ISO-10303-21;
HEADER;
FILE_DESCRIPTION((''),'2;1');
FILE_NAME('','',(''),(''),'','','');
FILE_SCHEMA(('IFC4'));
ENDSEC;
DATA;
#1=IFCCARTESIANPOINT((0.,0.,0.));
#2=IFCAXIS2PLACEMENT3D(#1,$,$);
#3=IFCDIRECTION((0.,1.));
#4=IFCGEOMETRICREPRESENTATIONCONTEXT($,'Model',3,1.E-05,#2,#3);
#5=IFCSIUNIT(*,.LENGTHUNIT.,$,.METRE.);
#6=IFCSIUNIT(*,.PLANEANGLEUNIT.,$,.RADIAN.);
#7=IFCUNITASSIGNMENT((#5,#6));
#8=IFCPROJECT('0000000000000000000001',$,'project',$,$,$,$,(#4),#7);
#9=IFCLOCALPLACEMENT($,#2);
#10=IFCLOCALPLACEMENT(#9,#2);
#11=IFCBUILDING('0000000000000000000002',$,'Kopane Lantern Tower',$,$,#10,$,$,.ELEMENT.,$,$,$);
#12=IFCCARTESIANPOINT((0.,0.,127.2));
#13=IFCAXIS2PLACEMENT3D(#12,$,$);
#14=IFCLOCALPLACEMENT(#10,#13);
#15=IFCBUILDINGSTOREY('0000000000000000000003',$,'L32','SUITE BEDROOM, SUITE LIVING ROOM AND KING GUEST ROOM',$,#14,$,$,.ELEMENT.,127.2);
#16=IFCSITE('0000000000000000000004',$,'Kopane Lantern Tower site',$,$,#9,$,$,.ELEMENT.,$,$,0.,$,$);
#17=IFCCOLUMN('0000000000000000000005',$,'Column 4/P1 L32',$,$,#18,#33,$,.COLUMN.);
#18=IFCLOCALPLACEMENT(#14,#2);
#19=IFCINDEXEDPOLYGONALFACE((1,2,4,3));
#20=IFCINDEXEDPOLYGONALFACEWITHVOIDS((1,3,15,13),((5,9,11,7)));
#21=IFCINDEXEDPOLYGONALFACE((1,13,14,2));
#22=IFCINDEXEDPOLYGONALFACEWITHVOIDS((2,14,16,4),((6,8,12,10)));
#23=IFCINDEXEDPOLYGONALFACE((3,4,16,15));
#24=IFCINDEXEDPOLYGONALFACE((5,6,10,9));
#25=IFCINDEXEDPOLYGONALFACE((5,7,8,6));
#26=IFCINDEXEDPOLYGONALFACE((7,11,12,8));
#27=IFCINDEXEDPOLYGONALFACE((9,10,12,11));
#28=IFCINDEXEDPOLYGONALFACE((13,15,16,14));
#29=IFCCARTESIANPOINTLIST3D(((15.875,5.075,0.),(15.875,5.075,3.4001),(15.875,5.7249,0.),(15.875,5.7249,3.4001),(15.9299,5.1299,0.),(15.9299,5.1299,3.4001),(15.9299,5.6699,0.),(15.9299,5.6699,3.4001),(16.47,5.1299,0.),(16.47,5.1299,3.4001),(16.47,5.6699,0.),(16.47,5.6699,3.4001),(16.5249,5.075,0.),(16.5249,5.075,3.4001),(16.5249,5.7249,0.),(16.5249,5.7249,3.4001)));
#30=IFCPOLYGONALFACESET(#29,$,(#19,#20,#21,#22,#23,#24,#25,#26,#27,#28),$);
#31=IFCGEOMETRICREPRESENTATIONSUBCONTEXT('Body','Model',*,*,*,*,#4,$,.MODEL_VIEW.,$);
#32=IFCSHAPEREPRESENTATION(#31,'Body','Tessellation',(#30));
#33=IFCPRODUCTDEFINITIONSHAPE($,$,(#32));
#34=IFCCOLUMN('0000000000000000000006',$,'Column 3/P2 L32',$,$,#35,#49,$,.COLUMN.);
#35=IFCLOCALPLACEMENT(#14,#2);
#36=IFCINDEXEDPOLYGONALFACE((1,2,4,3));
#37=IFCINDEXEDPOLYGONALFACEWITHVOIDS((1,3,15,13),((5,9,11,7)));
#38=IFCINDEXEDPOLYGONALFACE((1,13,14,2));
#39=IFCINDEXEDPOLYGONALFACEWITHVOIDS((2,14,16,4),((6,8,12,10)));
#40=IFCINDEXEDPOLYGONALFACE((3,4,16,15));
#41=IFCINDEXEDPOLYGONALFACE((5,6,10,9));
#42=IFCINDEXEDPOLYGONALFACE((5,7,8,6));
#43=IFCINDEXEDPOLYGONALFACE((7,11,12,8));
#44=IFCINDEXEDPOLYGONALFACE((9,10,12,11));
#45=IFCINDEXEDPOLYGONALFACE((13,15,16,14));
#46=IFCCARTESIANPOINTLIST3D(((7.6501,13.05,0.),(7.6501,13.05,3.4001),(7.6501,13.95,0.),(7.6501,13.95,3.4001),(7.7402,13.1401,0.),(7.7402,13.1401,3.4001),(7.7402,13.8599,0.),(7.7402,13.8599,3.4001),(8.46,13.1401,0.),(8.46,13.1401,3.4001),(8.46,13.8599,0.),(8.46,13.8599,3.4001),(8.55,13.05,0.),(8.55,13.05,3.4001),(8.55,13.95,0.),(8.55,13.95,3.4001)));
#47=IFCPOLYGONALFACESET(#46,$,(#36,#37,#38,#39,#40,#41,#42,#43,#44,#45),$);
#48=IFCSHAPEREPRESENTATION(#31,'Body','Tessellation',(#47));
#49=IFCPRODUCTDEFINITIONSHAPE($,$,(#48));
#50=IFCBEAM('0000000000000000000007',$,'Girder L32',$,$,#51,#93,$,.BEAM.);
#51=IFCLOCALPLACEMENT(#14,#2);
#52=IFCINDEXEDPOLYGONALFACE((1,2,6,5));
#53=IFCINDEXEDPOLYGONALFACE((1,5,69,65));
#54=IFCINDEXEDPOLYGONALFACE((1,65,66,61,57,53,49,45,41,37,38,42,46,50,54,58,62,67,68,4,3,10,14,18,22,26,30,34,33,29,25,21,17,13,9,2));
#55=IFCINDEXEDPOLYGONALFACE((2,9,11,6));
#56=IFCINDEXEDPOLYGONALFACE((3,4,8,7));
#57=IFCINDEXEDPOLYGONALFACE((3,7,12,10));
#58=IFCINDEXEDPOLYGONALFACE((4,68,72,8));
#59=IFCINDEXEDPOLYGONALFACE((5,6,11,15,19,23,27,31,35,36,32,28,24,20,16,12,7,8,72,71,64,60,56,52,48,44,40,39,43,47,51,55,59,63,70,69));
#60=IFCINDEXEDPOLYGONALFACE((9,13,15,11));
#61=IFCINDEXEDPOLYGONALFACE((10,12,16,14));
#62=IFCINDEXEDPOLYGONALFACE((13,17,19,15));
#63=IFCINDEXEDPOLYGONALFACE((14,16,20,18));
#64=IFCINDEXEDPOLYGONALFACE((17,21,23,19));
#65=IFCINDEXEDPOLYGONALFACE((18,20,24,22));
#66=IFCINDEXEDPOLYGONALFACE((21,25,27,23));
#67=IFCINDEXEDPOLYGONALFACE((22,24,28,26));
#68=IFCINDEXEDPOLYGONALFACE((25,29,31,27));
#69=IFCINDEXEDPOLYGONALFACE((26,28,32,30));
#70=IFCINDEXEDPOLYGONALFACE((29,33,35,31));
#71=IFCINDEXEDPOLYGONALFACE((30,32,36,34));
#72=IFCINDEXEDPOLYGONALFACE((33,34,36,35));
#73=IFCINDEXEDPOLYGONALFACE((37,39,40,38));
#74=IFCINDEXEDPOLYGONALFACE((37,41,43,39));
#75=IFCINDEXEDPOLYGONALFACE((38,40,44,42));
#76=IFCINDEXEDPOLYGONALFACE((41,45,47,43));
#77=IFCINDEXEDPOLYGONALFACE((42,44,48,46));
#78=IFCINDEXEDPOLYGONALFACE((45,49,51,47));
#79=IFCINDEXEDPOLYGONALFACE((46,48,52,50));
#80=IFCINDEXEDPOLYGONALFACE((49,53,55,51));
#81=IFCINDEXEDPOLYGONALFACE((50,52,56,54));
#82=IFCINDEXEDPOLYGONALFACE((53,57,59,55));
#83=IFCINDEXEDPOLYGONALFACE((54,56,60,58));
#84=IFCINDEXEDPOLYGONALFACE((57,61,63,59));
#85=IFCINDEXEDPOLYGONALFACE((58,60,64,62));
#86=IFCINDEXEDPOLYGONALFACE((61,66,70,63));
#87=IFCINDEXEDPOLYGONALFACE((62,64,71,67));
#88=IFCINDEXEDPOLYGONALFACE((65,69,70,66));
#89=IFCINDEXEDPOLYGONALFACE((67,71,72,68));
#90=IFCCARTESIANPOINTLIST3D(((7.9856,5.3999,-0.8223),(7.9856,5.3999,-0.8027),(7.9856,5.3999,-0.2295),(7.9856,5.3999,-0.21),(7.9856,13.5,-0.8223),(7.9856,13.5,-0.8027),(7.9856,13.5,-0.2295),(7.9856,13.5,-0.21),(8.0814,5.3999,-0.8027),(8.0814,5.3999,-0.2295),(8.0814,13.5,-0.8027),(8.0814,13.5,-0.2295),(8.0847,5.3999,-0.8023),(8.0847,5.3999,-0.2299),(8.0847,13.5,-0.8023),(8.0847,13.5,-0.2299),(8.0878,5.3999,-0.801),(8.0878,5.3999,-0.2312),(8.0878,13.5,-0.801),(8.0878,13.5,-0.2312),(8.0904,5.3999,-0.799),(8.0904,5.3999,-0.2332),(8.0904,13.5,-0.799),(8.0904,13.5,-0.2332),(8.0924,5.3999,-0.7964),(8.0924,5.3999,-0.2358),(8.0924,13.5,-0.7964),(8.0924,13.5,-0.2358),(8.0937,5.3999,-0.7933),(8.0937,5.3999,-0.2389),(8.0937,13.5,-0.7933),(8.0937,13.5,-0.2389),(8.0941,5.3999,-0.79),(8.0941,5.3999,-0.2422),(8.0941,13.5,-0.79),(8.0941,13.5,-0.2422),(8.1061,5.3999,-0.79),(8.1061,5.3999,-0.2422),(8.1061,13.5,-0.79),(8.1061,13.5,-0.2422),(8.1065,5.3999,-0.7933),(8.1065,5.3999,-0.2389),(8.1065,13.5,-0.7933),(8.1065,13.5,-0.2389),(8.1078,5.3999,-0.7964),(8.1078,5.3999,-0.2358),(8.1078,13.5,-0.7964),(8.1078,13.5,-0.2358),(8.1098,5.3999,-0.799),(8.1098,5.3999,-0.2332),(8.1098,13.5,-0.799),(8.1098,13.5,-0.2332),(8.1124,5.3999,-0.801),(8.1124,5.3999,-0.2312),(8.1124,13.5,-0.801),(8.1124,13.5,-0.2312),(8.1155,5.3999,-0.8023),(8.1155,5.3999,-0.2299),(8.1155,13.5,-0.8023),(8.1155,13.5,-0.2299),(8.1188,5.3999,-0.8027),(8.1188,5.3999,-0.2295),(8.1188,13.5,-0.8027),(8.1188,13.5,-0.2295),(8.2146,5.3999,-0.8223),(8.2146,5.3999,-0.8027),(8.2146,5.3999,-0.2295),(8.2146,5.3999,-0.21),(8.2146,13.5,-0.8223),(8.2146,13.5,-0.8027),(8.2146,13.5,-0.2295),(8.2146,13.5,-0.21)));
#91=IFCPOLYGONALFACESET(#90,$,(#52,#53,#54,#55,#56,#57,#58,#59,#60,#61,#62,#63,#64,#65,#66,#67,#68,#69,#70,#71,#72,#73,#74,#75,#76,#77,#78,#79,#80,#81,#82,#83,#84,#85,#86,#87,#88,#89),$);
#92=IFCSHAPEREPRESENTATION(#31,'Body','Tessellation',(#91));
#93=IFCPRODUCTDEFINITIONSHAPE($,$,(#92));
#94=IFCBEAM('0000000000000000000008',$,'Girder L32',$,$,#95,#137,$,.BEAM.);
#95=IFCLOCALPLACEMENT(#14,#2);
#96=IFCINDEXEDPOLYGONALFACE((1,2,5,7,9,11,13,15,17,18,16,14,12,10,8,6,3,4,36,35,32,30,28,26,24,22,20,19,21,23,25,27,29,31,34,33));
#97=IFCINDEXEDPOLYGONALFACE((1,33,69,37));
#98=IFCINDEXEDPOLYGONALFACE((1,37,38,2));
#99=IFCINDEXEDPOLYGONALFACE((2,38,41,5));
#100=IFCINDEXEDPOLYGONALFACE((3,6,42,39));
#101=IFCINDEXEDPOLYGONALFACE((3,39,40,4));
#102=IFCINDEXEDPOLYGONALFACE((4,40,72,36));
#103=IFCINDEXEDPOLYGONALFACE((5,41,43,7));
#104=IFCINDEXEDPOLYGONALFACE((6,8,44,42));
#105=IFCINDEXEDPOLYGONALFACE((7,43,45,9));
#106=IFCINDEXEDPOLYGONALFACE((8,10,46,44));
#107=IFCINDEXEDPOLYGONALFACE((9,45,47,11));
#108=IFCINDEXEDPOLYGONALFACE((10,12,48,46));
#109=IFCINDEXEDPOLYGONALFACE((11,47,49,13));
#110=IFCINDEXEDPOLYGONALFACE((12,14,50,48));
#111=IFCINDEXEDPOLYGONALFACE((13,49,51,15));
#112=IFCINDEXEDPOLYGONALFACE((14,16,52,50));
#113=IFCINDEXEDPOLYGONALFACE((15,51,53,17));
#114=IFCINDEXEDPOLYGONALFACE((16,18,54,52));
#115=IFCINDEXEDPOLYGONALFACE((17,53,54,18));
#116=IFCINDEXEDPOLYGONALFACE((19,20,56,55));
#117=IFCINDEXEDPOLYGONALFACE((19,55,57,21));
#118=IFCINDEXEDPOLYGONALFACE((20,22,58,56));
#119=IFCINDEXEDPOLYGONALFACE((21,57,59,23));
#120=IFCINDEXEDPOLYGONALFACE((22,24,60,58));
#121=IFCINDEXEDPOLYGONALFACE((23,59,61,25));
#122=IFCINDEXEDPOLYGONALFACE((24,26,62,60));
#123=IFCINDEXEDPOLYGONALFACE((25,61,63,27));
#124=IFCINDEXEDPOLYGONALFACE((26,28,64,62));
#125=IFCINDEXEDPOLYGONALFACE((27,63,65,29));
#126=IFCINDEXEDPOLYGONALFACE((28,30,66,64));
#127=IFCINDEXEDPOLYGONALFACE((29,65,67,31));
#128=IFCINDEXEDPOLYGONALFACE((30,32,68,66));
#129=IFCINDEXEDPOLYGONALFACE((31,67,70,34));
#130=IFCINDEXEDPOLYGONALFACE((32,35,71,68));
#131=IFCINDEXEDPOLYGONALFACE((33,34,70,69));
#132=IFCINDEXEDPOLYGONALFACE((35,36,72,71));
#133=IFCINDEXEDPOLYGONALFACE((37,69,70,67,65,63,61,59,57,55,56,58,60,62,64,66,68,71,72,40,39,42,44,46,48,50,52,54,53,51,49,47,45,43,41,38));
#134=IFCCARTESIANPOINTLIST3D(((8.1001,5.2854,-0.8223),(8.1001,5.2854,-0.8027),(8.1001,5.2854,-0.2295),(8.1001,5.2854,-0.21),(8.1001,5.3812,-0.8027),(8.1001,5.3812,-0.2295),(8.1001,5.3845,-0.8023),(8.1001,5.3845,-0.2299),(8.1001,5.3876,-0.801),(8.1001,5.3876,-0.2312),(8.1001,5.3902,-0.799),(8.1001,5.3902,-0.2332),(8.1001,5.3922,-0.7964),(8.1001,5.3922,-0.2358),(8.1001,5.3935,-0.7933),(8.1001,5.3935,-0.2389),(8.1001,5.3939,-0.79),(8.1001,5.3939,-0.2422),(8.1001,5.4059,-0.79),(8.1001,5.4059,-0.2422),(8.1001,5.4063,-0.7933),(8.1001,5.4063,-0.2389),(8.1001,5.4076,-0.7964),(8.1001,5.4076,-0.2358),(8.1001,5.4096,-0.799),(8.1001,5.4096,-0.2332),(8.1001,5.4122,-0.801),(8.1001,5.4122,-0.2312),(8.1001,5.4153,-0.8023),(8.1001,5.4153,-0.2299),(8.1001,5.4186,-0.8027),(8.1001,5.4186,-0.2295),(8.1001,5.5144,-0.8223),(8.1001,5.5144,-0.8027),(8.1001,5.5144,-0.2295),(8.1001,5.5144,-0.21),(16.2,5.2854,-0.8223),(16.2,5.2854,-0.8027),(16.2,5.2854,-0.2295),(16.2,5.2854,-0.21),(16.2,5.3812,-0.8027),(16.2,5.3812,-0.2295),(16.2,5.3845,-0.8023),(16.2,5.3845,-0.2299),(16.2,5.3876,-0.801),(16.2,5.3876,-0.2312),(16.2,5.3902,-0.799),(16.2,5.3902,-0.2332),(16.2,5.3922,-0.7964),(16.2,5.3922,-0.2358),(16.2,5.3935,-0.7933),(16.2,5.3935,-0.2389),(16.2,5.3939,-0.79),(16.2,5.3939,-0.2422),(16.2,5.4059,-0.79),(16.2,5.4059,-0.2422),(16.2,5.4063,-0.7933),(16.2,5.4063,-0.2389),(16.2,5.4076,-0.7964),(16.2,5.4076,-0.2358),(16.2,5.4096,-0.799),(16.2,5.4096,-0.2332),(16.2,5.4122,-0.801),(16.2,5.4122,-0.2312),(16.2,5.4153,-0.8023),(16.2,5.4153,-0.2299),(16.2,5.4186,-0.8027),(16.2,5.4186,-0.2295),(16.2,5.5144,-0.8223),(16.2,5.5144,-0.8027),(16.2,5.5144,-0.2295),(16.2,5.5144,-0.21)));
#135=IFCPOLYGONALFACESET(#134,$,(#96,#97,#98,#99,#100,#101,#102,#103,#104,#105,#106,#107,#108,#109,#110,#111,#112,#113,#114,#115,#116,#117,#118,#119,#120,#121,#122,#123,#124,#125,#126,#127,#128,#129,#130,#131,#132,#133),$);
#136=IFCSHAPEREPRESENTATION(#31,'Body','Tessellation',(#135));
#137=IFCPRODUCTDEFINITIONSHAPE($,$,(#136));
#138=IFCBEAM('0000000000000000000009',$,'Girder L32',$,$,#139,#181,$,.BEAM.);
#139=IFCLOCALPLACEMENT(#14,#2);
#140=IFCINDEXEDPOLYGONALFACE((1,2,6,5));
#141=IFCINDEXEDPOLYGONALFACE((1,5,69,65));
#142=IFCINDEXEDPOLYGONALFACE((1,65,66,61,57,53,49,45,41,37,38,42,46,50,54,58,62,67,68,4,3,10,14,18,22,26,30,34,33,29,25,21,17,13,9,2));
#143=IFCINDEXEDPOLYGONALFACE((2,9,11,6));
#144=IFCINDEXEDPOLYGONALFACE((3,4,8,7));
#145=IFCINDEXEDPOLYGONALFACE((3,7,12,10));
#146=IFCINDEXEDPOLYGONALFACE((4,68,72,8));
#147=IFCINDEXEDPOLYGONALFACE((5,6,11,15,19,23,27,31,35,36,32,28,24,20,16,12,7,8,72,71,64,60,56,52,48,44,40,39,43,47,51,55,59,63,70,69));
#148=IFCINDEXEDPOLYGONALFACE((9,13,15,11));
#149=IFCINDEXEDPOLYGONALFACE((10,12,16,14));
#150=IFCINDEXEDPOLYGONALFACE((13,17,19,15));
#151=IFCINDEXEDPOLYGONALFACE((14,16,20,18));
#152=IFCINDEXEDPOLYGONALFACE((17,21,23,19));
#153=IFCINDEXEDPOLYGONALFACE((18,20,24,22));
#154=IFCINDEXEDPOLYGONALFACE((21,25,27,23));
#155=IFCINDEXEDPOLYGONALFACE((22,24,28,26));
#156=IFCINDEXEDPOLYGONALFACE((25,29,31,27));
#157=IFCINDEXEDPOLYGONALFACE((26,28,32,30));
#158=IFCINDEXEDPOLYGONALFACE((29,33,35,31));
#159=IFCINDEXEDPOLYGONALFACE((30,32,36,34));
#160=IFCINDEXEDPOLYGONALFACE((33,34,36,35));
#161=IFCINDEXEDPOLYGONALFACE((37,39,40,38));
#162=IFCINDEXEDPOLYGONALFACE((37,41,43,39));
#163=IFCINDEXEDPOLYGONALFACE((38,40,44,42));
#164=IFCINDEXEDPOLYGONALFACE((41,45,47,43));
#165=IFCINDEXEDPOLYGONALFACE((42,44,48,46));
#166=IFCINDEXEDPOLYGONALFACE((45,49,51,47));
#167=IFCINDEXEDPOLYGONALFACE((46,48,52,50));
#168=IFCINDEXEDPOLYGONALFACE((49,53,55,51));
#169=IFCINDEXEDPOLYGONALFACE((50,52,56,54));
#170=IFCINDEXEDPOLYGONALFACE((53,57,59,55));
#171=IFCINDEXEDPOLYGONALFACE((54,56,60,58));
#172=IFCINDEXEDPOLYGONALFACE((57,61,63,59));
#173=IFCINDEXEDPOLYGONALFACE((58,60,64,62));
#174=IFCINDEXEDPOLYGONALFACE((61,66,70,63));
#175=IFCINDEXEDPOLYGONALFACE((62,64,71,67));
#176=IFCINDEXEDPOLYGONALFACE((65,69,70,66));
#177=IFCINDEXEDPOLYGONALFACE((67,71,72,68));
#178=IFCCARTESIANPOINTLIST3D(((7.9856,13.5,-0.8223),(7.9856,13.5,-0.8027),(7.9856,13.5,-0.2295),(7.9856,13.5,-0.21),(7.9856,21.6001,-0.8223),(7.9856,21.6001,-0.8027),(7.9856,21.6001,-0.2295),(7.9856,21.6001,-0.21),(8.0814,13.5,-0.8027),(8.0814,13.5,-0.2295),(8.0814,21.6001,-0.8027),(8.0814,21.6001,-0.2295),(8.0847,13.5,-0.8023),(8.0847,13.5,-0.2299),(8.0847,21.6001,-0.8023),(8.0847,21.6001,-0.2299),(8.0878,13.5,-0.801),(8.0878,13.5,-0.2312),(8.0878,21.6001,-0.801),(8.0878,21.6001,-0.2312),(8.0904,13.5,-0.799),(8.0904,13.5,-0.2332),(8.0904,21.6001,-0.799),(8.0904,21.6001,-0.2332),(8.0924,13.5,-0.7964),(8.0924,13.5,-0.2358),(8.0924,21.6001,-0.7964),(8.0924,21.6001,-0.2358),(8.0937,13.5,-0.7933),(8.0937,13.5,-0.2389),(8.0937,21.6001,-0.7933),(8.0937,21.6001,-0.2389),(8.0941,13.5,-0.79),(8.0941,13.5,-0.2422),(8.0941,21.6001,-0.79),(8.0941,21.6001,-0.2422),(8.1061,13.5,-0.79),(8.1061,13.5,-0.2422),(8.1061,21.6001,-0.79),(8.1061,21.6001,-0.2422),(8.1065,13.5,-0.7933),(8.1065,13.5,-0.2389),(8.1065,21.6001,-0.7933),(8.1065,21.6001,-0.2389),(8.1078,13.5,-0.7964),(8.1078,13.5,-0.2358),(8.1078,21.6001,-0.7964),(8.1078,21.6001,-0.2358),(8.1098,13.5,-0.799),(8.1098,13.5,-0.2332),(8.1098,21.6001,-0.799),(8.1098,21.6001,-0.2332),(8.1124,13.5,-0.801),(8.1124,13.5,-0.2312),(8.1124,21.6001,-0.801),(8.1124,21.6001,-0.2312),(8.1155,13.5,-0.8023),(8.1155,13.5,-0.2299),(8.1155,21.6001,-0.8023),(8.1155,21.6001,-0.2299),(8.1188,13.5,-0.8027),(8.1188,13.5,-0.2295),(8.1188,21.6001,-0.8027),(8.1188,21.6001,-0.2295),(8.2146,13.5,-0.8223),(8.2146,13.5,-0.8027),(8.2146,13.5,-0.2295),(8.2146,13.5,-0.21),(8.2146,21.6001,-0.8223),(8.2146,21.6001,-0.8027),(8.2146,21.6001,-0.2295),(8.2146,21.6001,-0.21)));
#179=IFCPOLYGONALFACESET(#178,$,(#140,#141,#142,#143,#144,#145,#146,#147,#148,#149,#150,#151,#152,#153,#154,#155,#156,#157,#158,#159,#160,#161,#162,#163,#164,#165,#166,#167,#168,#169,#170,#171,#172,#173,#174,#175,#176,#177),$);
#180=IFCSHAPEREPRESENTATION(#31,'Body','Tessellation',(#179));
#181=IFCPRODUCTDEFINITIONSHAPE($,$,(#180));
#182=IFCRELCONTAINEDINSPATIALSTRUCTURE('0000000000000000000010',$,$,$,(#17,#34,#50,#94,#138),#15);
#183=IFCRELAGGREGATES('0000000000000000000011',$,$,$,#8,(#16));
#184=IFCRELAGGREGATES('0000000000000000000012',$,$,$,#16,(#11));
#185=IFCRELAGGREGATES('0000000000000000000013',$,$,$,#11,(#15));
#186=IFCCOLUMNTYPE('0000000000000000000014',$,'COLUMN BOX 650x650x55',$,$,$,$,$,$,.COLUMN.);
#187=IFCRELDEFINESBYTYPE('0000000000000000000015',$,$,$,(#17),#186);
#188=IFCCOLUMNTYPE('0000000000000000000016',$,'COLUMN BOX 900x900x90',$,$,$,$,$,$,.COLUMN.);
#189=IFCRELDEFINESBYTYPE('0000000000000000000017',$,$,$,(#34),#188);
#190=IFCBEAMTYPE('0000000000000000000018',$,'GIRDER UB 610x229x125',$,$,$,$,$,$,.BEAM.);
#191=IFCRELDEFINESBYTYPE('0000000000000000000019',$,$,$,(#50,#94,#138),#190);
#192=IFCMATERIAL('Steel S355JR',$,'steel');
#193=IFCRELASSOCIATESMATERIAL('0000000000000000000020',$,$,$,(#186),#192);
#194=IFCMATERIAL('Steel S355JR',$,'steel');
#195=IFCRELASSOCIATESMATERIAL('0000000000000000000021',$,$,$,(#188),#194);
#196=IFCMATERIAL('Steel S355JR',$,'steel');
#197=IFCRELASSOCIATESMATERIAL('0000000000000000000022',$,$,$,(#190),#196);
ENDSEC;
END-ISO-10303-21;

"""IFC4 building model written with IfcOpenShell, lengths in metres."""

from ifc_helpers import new_model, si_unit, direction, frame, origin, origin_2d, place, context, subcontext, project, spatial, hollow_rectangle, i_section, extrude, material, material_profile, profile_set, type_object, element, save


model = new_model("IFC4")

# Units and contexts
model_context = context("Model", 3, precision=1e-05, world=origin(), true_north=direction((0.0, 1.0)))
body_context = subcontext(model_context, "Body", "Model", "MODEL_VIEW")
ifc_project = project(units=[si_unit("LENGTHUNIT", "METRE"), si_unit("PLANEANGLEUNIT", "RADIAN")], contexts=[model_context])

# Site, building, storey
site_placement = place(None, origin())
site = spatial("IfcSite", under=ifc_project, at=site_placement, Name="Kopane Lantern Tower site", CompositionType="ELEMENT", RefElevation=0.0)
building_placement = place(site_placement, origin())
building = spatial("IfcBuilding", under=site, at=building_placement, Name="Kopane Lantern Tower", CompositionType="ELEMENT")
storey_placement = place(building_placement, frame((0.0, 0.0, 127.2)))
storey = spatial("IfcBuildingStorey", under=building, at=storey_placement, Name="L32", Description="SUITE BEDROOM, SUITE LIVING ROOM AND KING GUEST ROOM", CompositionType="ELEMENT", Elevation=127.2)

# Columns
ifc_material_1 = material(Name="Steel S355JR", Category="steel")
ifc_material_profile_1 = material_profile(ifc_material_1, hollow_rectangle(XDim=0.6499, YDim=0.6499, WallThickness=0.0549, at=origin_2d()), Name="BOX 650x650x55")
ifc_profile_set_1 = profile_set([ifc_material_profile_1], Name="Steel S355JR")
column_type_1 = type_object("IfcColumnType", Name="COLUMN BOX 650x650x55", PredefinedType="COLUMN", material=ifc_profile_set_1)
column_1_placement = place(storey_placement, frame((16.2, 5.3999, 0.0), z_axis=(0.0, 0.0, 1.0), x_axis=(1.0, 0.0, 0.0)))
element("IfcColumn", 1, at=column_1_placement, inside=storey, type_object=column_type_1, Name="Column 4/P1 L32", PredefinedType="COLUMN", context=body_context, shape_type="SweptSolid", body=[
    extrude(hollow_rectangle(XDim=0.6499, YDim=0.6499, WallThickness=0.0549, at=origin_2d()), origin(), (0.0, 0.0, 1.0), 3.4001),
])
ifc_material_2 = material(Name="Steel S355JR", Category="steel")
ifc_material_profile_2 = material_profile(ifc_material_2, hollow_rectangle(XDim=0.8999, YDim=0.8999, WallThickness=0.0901, at=origin_2d()), Name="BOX 900x900x90")
ifc_profile_set_2 = profile_set([ifc_material_profile_2], Name="Steel S355JR")
column_type_2 = type_object("IfcColumnType", Name="COLUMN BOX 900x900x90", PredefinedType="COLUMN", material=ifc_profile_set_2)
column_2_placement = place(storey_placement, frame((8.1001, 13.5, 0.0), z_axis=(0.0, 0.0, 1.0), x_axis=(1.0, 0.0, 0.0)))
element("IfcColumn", 2, at=column_2_placement, inside=storey, type_object=column_type_2, Name="Column 3/P2 L32", PredefinedType="COLUMN", context=body_context, shape_type="SweptSolid", body=[
    extrude(hollow_rectangle(XDim=0.8999, YDim=0.8999, WallThickness=0.0901, at=origin_2d()), origin(), (0.0, 0.0, 1.0), 3.4001),
])

# Beams
ifc_material_3 = material(Name="Steel S355JR", Category="steel")
ifc_material_profile_3 = material_profile(ifc_material_3, i_section(OverallWidth=0.229, OverallDepth=0.6123, WebThickness=0.012, FlangeThickness=0.0195, FilletRadius=0.0127, at=origin_2d()), Name="UB 610x229x125")
ifc_profile_set_3 = profile_set([ifc_material_profile_3], Name="Steel S355JR")
beam_type = type_object("IfcBeamType", Name="GIRDER UB 610x229x125", PredefinedType="BEAM", material=ifc_profile_set_3)
beam_1_placement = place(storey_placement, frame((8.1001, 5.3999, -0.5161), z_axis=(0.0, 1.0, 0.0), x_axis=(-1.0, 0.0, 0.0)))
element("IfcBeam", 3, at=beam_1_placement, inside=storey, type_object=beam_type, Name="Girder L32", PredefinedType="BEAM", context=body_context, shape_type="SweptSolid", body=[
    extrude(i_section(OverallWidth=0.229, OverallDepth=0.6123, WebThickness=0.012, FlangeThickness=0.0195, FilletRadius=0.0127, at=origin_2d()), origin(), (0.0, 0.0, 1.0), 8.1001),
])
beam_2_placement = place(storey_placement, frame((8.1001, 5.3999, -0.5161), z_axis=(1.0, 0.0, 0.0), x_axis=(0.0, 1.0, 0.0)))
element("IfcBeam", 4, at=beam_2_placement, inside=storey, type_object=beam_type, Name="Girder L32", PredefinedType="BEAM", context=body_context, shape_type="SweptSolid", body=[
    extrude(i_section(OverallWidth=0.229, OverallDepth=0.6123, WebThickness=0.012, FlangeThickness=0.0195, FilletRadius=0.0127, at=origin_2d()), origin(), (0.0, 0.0, 1.0), 8.0999),
])
beam_3_placement = place(storey_placement, frame((8.1001, 13.5, -0.5161), z_axis=(0.0, 1.0, 0.0), x_axis=(-1.0, 0.0, 0.0)))
element("IfcBeam", 5, at=beam_3_placement, inside=storey, type_object=beam_type, Name="Girder L32", PredefinedType="BEAM", context=body_context, shape_type="SweptSolid", body=[
    extrude(i_section(OverallWidth=0.229, OverallDepth=0.6123, WebThickness=0.012, FlangeThickness=0.0195, FilletRadius=0.0127, at=origin_2d()), origin(), (0.0, 0.0, 1.0), 8.1001),
])

save(model, "model.ifc")
